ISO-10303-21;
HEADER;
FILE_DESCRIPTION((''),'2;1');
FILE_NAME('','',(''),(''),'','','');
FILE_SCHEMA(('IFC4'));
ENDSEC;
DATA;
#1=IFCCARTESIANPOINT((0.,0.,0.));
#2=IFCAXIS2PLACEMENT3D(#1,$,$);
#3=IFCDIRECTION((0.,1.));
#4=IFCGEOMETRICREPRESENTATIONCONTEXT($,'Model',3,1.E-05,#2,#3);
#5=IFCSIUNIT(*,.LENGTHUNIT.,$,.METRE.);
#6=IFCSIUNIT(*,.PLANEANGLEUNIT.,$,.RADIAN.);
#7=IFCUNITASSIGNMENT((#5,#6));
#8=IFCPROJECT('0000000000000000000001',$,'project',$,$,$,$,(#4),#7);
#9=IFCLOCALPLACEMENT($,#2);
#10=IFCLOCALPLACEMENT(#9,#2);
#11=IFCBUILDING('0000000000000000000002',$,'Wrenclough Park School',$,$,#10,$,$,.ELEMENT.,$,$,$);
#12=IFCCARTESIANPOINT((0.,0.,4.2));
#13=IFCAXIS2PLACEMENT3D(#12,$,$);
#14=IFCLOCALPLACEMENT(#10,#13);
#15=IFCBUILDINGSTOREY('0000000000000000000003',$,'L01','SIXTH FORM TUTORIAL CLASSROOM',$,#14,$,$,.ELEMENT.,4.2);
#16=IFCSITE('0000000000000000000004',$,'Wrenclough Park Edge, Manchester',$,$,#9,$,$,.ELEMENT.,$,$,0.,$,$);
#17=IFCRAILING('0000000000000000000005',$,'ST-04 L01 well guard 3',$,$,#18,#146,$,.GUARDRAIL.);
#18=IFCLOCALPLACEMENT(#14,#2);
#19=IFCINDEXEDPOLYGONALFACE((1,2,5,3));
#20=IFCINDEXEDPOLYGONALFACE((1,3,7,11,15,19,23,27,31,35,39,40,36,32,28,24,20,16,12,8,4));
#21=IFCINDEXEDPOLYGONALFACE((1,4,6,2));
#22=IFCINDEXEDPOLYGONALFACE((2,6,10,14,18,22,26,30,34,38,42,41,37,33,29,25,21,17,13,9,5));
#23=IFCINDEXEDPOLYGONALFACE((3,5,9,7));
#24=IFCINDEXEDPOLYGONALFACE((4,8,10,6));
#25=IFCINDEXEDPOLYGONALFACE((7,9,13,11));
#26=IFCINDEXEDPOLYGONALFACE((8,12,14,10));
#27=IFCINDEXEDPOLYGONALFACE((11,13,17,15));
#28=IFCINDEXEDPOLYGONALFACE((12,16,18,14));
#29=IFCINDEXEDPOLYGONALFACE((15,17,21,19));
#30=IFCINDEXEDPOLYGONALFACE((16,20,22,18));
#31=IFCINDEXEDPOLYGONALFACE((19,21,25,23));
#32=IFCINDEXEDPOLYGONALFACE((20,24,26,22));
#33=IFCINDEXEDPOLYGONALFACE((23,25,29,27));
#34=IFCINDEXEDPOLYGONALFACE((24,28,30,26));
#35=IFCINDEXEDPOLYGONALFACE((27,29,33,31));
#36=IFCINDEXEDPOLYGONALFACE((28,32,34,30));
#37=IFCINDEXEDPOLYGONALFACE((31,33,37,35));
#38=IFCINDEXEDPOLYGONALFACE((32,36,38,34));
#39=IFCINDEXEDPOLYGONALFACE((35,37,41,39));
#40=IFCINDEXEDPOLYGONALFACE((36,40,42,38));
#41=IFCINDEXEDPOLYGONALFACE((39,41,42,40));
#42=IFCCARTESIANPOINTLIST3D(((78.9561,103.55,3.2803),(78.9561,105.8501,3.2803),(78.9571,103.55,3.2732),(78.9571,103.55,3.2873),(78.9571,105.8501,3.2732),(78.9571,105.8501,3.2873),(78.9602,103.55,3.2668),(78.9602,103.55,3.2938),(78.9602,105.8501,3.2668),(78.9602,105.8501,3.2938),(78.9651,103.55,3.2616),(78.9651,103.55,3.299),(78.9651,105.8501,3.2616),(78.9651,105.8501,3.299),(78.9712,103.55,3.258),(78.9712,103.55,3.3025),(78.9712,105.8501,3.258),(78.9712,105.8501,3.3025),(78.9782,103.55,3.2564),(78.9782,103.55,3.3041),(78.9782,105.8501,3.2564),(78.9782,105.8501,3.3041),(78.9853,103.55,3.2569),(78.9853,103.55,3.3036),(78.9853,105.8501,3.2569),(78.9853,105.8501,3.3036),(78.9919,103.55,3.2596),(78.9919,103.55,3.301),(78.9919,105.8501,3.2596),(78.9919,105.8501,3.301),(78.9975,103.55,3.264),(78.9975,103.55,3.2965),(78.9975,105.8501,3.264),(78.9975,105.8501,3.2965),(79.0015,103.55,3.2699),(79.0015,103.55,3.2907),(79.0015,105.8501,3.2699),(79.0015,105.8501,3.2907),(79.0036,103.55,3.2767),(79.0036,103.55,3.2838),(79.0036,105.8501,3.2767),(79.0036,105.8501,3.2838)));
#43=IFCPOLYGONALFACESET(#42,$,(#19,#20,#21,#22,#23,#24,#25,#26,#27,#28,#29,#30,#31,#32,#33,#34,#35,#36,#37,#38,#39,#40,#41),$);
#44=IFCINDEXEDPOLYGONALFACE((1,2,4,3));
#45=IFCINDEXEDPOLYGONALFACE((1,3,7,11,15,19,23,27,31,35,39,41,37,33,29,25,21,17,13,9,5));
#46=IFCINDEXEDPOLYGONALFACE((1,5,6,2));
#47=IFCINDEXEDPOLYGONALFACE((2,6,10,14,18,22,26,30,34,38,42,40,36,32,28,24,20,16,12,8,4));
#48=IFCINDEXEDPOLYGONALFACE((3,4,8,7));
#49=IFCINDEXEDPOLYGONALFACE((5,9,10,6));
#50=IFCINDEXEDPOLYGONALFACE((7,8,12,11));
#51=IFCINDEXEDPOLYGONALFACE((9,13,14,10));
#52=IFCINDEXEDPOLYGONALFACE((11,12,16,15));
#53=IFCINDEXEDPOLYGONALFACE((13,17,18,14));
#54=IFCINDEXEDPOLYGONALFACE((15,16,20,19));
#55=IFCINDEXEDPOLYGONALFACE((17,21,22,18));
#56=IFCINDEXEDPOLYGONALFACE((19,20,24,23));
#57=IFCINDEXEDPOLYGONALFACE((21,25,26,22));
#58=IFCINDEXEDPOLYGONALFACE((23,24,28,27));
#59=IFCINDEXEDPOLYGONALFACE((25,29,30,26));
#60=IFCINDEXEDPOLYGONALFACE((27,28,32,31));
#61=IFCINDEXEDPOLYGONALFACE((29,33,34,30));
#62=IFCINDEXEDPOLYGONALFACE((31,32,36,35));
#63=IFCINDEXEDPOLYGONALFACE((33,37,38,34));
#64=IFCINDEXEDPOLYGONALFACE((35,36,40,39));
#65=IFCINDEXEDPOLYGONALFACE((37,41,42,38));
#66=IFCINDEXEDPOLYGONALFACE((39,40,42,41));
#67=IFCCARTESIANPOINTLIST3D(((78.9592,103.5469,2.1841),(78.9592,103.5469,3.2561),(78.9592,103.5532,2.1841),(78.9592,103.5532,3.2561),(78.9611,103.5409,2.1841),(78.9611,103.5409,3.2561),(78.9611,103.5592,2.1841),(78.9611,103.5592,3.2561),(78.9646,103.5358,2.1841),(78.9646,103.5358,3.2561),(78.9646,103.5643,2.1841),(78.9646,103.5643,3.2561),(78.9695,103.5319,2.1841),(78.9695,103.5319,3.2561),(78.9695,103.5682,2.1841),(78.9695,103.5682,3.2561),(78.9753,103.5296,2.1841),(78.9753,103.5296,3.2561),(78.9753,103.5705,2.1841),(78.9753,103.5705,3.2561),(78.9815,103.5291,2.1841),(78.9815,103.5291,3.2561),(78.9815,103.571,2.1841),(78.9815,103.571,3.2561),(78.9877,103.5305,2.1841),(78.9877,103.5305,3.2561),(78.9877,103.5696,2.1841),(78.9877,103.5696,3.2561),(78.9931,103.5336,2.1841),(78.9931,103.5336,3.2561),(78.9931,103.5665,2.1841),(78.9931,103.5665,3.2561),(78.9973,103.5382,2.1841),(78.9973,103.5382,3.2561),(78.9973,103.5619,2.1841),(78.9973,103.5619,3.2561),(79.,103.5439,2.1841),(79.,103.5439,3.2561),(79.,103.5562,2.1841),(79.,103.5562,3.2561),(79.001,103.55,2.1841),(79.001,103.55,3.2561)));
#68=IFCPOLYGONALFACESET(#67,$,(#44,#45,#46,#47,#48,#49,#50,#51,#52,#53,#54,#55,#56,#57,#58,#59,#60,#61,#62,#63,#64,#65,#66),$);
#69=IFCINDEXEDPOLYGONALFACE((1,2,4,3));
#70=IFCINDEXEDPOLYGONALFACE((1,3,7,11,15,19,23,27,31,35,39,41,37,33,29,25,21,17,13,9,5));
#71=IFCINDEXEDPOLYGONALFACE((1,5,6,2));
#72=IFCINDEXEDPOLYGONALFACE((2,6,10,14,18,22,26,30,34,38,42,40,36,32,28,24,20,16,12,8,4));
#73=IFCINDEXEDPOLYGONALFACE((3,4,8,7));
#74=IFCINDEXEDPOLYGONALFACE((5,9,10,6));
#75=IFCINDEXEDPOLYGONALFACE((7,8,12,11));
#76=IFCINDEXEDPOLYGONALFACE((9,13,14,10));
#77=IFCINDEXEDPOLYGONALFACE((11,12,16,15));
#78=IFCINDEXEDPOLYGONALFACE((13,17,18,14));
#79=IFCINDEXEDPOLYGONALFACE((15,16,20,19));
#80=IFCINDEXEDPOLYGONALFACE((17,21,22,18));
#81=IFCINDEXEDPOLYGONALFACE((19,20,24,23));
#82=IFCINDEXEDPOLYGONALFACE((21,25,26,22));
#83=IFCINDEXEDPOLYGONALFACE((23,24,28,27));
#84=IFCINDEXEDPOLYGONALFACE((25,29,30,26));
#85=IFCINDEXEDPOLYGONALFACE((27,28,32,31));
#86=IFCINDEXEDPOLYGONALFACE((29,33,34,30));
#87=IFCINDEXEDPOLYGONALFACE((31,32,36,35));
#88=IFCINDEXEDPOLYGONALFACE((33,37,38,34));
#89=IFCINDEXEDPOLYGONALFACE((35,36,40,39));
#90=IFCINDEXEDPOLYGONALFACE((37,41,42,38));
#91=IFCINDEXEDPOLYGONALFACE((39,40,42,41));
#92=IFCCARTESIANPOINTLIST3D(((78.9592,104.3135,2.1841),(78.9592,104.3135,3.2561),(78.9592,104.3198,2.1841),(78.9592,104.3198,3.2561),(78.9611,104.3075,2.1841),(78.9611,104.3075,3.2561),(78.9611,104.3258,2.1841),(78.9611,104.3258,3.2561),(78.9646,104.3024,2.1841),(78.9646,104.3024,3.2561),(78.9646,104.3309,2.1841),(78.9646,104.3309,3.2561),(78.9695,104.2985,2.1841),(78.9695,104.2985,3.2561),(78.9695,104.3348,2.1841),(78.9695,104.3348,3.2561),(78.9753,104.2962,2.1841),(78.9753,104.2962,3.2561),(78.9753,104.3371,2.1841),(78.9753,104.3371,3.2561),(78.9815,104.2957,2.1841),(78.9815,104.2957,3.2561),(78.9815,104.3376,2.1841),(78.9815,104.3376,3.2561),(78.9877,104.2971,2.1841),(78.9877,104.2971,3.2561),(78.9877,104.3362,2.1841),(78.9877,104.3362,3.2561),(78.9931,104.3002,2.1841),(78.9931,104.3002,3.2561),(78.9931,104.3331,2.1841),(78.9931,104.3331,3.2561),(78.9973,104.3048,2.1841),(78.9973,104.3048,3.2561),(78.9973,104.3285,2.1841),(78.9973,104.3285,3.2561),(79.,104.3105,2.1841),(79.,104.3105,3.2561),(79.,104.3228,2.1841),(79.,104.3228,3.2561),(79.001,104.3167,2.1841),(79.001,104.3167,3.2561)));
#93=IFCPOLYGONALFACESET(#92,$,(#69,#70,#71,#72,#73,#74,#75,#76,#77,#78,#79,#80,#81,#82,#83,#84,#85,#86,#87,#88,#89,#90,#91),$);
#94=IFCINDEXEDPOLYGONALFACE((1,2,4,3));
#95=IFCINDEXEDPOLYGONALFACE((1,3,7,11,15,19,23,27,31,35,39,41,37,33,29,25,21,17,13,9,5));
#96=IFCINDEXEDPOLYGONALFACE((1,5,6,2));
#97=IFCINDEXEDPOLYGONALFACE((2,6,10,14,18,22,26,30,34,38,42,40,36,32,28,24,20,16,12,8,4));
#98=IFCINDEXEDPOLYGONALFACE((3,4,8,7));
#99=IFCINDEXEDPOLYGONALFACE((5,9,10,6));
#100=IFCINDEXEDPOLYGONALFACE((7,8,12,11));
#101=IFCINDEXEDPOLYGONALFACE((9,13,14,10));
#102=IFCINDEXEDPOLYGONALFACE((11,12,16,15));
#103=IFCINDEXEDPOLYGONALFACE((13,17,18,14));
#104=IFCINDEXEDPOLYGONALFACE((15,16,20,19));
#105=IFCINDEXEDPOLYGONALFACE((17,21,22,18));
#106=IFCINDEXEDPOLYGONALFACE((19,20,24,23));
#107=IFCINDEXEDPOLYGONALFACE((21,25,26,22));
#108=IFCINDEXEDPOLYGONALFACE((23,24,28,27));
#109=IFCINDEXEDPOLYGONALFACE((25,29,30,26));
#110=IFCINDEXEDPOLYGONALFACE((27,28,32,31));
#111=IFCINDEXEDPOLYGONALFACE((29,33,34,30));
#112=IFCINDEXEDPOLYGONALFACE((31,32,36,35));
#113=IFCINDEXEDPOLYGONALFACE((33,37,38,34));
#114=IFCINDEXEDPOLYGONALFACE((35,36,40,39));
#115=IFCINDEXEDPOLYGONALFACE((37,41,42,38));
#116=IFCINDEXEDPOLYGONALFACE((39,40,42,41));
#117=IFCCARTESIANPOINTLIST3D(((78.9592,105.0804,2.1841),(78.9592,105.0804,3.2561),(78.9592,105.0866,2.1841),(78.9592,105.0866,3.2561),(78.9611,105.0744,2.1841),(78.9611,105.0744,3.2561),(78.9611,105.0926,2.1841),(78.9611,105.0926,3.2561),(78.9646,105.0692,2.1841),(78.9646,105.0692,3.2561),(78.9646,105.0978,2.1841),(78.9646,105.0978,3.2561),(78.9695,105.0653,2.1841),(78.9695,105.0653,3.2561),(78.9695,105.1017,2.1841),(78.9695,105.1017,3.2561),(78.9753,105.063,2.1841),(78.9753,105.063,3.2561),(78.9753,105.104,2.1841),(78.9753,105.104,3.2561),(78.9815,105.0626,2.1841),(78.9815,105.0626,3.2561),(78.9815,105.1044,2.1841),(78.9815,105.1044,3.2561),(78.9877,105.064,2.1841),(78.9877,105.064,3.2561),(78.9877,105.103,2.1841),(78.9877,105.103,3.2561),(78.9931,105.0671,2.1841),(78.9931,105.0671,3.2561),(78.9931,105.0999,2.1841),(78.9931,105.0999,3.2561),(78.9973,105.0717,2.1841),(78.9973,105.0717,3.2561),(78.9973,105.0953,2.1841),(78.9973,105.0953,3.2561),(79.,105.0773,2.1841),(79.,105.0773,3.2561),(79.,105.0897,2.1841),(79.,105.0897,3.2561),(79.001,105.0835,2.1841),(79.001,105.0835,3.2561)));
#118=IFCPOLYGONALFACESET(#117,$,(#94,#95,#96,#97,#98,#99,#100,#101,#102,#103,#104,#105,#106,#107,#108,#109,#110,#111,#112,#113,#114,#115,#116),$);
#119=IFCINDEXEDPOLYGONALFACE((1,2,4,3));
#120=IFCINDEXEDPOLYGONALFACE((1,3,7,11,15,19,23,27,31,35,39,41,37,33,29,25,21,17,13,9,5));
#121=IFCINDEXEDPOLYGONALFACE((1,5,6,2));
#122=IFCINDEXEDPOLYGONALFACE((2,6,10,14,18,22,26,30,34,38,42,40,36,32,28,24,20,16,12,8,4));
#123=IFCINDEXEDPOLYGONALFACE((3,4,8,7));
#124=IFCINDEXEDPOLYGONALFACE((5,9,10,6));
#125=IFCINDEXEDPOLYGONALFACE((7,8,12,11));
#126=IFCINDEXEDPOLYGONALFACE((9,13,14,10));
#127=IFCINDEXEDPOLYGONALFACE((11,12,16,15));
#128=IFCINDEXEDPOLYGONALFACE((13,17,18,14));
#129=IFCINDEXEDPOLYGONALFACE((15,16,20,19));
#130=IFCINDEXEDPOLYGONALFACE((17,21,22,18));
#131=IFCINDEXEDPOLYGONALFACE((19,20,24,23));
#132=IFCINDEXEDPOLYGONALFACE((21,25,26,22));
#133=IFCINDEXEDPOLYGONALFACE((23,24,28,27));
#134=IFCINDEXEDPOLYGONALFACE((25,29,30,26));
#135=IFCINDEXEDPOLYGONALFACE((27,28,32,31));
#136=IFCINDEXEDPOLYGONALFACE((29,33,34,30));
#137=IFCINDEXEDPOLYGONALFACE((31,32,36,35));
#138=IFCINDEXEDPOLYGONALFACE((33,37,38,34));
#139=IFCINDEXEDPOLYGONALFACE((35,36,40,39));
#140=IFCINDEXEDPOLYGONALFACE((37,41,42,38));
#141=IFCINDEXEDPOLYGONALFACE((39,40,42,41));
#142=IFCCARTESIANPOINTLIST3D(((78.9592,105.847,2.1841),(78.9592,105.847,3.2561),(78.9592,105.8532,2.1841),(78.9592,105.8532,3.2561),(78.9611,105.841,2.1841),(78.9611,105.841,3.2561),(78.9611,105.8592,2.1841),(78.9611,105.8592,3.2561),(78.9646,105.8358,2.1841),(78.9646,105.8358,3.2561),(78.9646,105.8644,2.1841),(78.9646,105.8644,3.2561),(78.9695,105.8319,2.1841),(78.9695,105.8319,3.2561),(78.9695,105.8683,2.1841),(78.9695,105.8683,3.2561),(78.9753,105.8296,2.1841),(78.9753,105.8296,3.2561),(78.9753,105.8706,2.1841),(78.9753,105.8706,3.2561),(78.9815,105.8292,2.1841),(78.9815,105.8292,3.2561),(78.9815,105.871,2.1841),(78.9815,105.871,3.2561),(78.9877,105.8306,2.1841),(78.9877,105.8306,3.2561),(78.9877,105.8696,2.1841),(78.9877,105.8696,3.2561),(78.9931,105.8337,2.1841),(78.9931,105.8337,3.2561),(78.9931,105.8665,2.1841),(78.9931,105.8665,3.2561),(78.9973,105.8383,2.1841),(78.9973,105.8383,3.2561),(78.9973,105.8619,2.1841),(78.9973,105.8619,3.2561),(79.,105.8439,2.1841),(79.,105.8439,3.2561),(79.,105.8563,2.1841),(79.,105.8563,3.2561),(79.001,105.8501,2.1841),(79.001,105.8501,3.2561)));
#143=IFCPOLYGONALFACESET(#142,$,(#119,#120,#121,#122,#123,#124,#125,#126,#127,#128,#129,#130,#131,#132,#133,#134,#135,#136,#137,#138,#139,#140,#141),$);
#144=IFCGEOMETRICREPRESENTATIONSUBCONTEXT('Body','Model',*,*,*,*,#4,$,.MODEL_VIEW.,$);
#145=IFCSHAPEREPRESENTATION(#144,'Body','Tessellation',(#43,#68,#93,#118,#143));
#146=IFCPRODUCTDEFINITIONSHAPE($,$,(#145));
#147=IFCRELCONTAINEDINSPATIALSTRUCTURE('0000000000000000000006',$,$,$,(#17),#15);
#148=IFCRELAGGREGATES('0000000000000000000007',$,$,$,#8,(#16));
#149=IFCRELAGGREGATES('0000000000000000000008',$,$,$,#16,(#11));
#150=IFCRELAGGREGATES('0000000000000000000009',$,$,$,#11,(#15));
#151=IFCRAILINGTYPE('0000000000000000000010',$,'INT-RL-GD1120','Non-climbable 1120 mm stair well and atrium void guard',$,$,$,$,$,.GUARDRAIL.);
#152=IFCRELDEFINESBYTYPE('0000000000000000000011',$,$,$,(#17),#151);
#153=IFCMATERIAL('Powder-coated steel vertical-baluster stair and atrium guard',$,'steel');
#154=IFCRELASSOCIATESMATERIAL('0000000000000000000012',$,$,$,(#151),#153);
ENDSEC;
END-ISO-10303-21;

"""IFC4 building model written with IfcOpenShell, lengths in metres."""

from ifc_helpers import new_model, si_unit, direction, frame, origin, origin_2d, place, context, subcontext, project, spatial, circle, extrude, material, type_object, element, save


model = new_model("IFC4")

# Units and contexts
model_context = context("Model", 3, precision=1e-05, world=origin(), true_north=direction((0.0, 1.0)))
body_context = subcontext(model_context, "Body", "Model", "MODEL_VIEW")
ifc_project = project(units=[si_unit("LENGTHUNIT", "METRE"), si_unit("PLANEANGLEUNIT", "RADIAN")], contexts=[model_context])

# Site, building, storey
site_placement = place(None, origin())
site = spatial("IfcSite", under=ifc_project, at=site_placement, Name="Wrenclough Park Edge, Manchester", CompositionType="ELEMENT", RefElevation=0.0)
building_placement = place(site_placement, origin())
building = spatial("IfcBuilding", under=site, at=building_placement, Name="Wrenclough Park School", CompositionType="ELEMENT")
storey_placement = place(building_placement, frame((0.0, 0.0, 4.2)))
storey = spatial("IfcBuildingStorey", under=building, at=storey_placement, Name="L01", Description="SIXTH FORM TUTORIAL CLASSROOM", CompositionType="ELEMENT", Elevation=4.2)

# Railing
ifc_material_1 = material(Name="Powder-coated steel vertical-baluster stair and atrium guard", Category="steel")
railing_type_1 = type_object("IfcRailingType", Name="INT-RL-GD1120", Description="Non-climbable 1120 mm stair well and atrium void guard", PredefinedType="GUARDRAIL", material=ifc_material_1)
railing_1_placement = place(storey_placement, frame((78.98, 103.55, 2.1841)))
element("IfcRailing", 1, at=railing_1_placement, inside=storey, type_object=railing_type_1, Name="ST-04 L01 well guard 3", PredefinedType="GUARDRAIL", context=body_context, shape_type="SweptSolid", body=[
    extrude(circle(Radius=0.0239, at=origin_2d()), frame((0.0, 0.0, 1.0962), z_axis=(0.0, 1.0, 0.0), x_axis=(-1.0, 0.0, 0.0)), (0.0, 0.0, 1.0), 2.3),
    extrude(circle(Radius=0.021, at=origin_2d()), origin(), (0.0, 0.0, 1.0), 1.072),
    extrude(circle(Radius=0.021, at=origin_2d()), frame((0.0, 0.7666, 0.0)), (0.0, 0.0, 1.0), 1.072),
    extrude(circle(Radius=0.021, at=origin_2d()), frame((0.0, 1.5334, 0.0)), (0.0, 0.0, 1.0), 1.072),
    extrude(circle(Radius=0.021, at=origin_2d()), frame((0.0, 2.3, 0.0)), (0.0, 0.0, 1.0), 1.072),
])

save(model, "model.ifc")
